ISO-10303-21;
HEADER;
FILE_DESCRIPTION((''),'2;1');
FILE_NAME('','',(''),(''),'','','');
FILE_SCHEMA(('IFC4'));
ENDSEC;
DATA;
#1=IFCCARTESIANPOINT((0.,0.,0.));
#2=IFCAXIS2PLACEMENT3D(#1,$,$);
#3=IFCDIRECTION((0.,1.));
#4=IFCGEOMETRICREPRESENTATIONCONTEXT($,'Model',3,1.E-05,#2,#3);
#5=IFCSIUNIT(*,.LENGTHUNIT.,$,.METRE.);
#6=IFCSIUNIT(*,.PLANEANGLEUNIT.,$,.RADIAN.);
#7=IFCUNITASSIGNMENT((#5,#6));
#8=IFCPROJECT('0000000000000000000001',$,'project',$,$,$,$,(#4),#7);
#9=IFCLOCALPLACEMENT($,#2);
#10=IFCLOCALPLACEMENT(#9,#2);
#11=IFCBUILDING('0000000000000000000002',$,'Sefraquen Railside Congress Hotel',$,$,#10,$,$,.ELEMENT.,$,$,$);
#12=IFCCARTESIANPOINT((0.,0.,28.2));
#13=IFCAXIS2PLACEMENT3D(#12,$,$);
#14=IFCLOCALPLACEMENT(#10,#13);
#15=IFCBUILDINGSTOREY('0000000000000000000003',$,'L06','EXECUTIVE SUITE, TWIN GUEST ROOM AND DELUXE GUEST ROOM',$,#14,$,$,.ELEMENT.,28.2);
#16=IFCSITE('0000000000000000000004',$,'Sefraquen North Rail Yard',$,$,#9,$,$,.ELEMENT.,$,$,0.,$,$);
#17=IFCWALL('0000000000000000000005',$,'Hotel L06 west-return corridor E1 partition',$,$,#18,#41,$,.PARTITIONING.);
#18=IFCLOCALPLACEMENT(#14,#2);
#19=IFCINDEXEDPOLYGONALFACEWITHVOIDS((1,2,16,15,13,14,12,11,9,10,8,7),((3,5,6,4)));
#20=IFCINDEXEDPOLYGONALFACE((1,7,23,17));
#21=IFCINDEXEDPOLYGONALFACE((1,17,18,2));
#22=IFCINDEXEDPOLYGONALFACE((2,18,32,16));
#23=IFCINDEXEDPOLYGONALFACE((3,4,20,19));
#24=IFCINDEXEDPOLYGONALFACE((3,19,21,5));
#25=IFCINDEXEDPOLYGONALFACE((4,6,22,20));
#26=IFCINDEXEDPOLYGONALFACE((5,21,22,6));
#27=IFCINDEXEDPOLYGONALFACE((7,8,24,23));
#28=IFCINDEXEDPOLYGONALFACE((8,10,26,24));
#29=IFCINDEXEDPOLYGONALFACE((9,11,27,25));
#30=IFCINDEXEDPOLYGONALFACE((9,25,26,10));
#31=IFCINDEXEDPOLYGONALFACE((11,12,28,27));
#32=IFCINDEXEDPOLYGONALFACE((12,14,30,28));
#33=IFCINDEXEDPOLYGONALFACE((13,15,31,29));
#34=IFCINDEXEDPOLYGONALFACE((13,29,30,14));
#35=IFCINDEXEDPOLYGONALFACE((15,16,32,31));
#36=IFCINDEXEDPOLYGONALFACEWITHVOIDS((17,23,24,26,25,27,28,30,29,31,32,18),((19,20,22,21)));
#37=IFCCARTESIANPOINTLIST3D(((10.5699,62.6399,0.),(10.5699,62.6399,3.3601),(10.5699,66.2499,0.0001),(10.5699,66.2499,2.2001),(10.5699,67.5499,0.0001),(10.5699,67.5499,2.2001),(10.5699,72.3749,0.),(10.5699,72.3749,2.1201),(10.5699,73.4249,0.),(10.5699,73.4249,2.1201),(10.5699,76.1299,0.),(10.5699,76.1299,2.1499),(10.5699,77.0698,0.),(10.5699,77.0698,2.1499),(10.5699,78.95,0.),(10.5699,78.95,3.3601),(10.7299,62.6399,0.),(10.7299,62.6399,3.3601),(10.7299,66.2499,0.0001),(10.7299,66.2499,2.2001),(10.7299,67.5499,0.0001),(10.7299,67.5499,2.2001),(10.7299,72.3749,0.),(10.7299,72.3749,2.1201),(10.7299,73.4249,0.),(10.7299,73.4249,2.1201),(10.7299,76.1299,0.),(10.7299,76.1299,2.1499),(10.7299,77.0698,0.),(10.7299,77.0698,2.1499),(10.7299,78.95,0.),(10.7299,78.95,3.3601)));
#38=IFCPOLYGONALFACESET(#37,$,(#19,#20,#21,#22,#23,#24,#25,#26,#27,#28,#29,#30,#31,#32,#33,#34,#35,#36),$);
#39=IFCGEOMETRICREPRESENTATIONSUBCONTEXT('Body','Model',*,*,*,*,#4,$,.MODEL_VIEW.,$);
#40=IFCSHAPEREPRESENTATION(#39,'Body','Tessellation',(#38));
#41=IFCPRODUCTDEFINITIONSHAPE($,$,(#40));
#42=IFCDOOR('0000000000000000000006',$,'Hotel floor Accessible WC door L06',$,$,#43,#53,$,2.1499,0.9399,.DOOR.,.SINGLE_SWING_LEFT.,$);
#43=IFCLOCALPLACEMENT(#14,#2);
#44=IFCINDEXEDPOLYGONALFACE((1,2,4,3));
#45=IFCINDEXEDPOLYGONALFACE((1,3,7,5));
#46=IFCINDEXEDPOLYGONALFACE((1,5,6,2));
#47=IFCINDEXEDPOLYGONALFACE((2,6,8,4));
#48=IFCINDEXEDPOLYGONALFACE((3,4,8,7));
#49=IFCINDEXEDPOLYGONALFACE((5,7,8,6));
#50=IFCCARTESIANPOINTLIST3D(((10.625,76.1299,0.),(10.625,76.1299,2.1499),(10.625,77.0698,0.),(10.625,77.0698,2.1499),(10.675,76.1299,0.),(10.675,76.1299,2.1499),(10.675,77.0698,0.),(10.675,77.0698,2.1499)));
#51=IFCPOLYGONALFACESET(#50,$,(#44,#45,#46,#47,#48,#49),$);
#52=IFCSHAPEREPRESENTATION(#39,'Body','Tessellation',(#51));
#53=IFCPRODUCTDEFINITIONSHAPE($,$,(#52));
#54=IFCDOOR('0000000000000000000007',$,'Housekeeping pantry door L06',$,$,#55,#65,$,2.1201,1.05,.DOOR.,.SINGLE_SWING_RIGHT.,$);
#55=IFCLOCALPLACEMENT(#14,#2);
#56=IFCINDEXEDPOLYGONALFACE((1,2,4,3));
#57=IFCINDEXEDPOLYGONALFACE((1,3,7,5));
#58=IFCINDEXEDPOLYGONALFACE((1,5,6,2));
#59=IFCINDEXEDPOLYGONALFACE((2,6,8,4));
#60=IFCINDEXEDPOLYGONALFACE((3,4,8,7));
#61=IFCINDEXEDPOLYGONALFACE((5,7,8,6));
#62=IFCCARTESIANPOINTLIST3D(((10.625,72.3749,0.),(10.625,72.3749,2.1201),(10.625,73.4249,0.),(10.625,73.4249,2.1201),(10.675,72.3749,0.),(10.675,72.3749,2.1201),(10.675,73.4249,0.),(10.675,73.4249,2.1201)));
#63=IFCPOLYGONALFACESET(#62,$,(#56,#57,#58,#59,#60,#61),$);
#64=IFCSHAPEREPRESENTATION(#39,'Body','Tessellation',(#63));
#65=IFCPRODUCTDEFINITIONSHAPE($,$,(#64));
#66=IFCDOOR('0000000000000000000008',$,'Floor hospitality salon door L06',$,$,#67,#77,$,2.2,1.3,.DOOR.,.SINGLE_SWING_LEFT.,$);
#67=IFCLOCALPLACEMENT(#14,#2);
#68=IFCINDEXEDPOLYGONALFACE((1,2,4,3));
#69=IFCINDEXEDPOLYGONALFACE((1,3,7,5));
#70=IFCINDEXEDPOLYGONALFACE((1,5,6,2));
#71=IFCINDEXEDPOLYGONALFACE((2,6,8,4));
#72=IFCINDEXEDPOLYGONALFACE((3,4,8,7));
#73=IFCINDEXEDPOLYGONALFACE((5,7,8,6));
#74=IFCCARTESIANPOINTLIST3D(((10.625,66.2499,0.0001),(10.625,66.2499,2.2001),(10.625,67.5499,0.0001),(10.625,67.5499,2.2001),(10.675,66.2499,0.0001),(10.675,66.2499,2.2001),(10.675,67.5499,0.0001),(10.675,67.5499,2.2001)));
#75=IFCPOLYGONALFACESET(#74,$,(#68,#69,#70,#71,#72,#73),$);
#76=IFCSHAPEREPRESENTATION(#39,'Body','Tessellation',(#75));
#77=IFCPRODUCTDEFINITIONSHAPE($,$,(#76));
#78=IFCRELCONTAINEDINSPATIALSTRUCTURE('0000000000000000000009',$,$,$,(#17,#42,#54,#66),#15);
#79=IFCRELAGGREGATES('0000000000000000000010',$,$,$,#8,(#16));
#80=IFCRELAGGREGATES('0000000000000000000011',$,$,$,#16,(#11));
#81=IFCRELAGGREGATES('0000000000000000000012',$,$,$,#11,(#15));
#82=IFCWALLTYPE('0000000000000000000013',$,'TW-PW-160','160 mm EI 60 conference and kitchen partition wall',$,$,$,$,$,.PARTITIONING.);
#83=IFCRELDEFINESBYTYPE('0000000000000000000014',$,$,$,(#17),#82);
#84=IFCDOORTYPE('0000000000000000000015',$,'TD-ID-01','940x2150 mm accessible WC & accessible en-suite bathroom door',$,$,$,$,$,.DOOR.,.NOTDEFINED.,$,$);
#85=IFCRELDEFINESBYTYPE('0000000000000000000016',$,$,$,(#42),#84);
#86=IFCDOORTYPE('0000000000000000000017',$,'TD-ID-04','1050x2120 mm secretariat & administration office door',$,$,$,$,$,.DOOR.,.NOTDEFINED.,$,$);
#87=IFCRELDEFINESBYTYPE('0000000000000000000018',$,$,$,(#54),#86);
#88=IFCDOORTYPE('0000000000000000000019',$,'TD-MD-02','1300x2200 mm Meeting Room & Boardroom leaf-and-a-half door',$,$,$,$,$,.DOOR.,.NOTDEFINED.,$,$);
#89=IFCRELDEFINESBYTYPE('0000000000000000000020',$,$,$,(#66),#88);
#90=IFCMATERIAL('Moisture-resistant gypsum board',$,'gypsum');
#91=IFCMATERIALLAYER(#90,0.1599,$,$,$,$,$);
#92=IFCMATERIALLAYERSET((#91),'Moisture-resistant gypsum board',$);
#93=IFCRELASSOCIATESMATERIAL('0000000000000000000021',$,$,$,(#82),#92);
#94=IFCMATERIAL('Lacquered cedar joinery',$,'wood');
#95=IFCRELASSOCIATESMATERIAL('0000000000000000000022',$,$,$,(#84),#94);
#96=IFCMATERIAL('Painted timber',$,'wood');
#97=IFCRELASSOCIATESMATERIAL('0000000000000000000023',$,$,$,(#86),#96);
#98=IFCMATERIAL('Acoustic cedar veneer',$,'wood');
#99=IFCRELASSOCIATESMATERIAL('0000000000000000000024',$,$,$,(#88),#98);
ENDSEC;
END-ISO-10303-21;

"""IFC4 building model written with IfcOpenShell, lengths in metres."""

from ifc_helpers import new_model, si_unit, direction, frame, frame_2d, origin, place, context, subcontext, project, spatial, rectangle, extrude, material, layer, layer_set, type_object, element, fill, save


model = new_model("IFC4")

# Units and contexts
model_context = context("Model", 3, precision=1e-05, world=origin(), true_north=direction((0.0, 1.0)))
body_context = subcontext(model_context, "Body", "Model", "MODEL_VIEW")
ifc_project = project(units=[si_unit("LENGTHUNIT", "METRE"), si_unit("PLANEANGLEUNIT", "RADIAN")], contexts=[model_context])

# Site, building, storey
site_placement = place(None, origin())
site = spatial("IfcSite", under=ifc_project, at=site_placement, Name="Sefraquen North Rail Yard", CompositionType="ELEMENT", RefElevation=0.0)
building_placement = place(site_placement, origin())
building = spatial("IfcBuilding", under=site, at=building_placement, Name="Sefraquen Railside Congress Hotel", CompositionType="ELEMENT")
storey_placement = place(building_placement, frame((0.0, 0.0, 28.2)))
storey = spatial("IfcBuildingStorey", under=building, at=storey_placement, Name="L06", Description="EXECUTIVE SUITE, TWIN GUEST ROOM AND DELUXE GUEST ROOM", CompositionType="ELEMENT", Elevation=28.2)

# Shared definitions
ifc_material_1 = material(Name="Moisture-resistant gypsum board", Category="gypsum")
ifc_material_2 = material(Name="Lacquered cedar joinery", Category="wood")

# Wall, openings, doors
ifc_layer_1 = layer(ifc_material_1, 0.1599)
ifc_layer_set_1 = layer_set([ifc_layer_1], Name="Moisture-resistant gypsum board")
wall_type_1 = type_object("IfcWallType", Name="TW-PW-160", Description="160 mm EI 60 conference and kitchen partition wall", PredefinedType="PARTITIONING", material=ifc_layer_set_1)
wall_1_placement = place(storey_placement, frame((10.6499, 62.6399, 0.0), z_axis=(0.0, 0.0, 1.0), x_axis=(0.0, 1.0, 0.0)))
wall_1 = element("IfcWall", 1, at=wall_1_placement, inside=storey, type_object=wall_type_1, Name="Hotel L06 west-return corridor E1 partition", PredefinedType="PARTITIONING", context=body_context, shape_type="SweptSolid", body=[
    extrude(rectangle(XDim=16.3101, YDim=0.1599, at=frame_2d((8.155, 0.0))), origin(), (0.0, 0.0, 1.0), 3.3601),
])
opening_1_placement = place(wall_1_placement, frame((3.6101, 0.0, 0.0)))
opening_1 = element("IfcOpeningElement", 2, at=opening_1_placement, cuts=wall_1, PredefinedType="OPENING", context=body_context, shape_type="SweptSolid", body=[
    extrude(rectangle(XDim=1.3, YDim=2.2, at=frame_2d((0.6499, 1.1001))), frame((0.0, 0.0898, 0.0), z_axis=(0.0, -1.0, 0.0), x_axis=(1.0, 0.0, 0.0)), (0.0, 0.0, 1.0), 0.1799),
])
opening_2_placement = place(wall_1_placement, frame((9.7351, 0.0, 0.0)))
opening_2 = element("IfcOpeningElement", 3, at=opening_2_placement, cuts=wall_1, PredefinedType="OPENING", context=body_context, shape_type="SweptSolid", body=[
    extrude(rectangle(XDim=1.05, YDim=2.1201, at=frame_2d((0.5249, 1.0601))), frame((0.0, 0.0898, 0.0), z_axis=(0.0, -1.0, 0.0), x_axis=(1.0, 0.0, 0.0)), (0.0, 0.0, 1.0), 0.1799),
])
opening_3_placement = place(wall_1_placement, frame((13.49, 0.0, 0.0)))
opening_3 = element("IfcOpeningElement", 4, at=opening_3_placement, cuts=wall_1, PredefinedType="OPENING", context=body_context, shape_type="SweptSolid", body=[
    extrude(rectangle(XDim=0.9399, YDim=2.1499, at=frame_2d((0.47, 1.075))), frame((0.0, 0.0898, 0.0), z_axis=(0.0, -1.0, 0.0), x_axis=(1.0, 0.0, 0.0)), (0.0, 0.0, 1.0), 0.1799),
])
door_type_1 = type_object("IfcDoorType", Name="TD-ID-01", Description="940x2150 mm accessible WC & accessible en-suite bathroom door", OperationType="NOTDEFINED", PredefinedType="DOOR", material=ifc_material_2)
door_1_placement = place(opening_3_placement, origin())
door_1 = element("IfcDoor", 5, at=door_1_placement, inside=storey, type_object=door_type_1, Name="Hotel floor Accessible WC door L06", OperationType="SINGLE_SWING_LEFT", OverallHeight=2.1499, OverallWidth=0.9399, PredefinedType="DOOR", context=body_context, shape_type="SweptSolid", body=[
    extrude(rectangle(XDim=0.9399, YDim=2.1499, at=frame_2d((0.47, 1.075))), frame((0.0, 0.0249, 0.0), z_axis=(0.0, -1.0, 0.0), x_axis=(1.0, 0.0, 0.0)), (0.0, 0.0, 1.0), 0.05),
])
fill(opening_3, door_1)
ifc_material_3 = material(Name="Painted timber", Category="wood")
door_type_2 = type_object("IfcDoorType", Name="TD-ID-04", Description="1050x2120 mm secretariat & administration office door", OperationType="NOTDEFINED", PredefinedType="DOOR", material=ifc_material_3)
door_2_placement = place(opening_2_placement, origin())
door_2 = element("IfcDoor", 6, at=door_2_placement, inside=storey, type_object=door_type_2, Name="Housekeeping pantry door L06", OperationType="SINGLE_SWING_RIGHT", OverallHeight=2.1201, OverallWidth=1.05, PredefinedType="DOOR", context=body_context, shape_type="SweptSolid", body=[
    extrude(rectangle(XDim=1.05, YDim=2.1201, at=frame_2d((0.5249, 1.0601))), frame((0.0, 0.0249, 0.0), z_axis=(0.0, -1.0, 0.0), x_axis=(1.0, 0.0, 0.0)), (0.0, 0.0, 1.0), 0.05),
])
fill(opening_2, door_2)
ifc_material_4 = material(Name="Acoustic cedar veneer", Category="wood")
door_type_3 = type_object("IfcDoorType", Name="TD-MD-02", Description="1300x2200 mm Meeting Room & Boardroom leaf-and-a-half door", OperationType="NOTDEFINED", PredefinedType="DOOR", material=ifc_material_4)
door_3_placement = place(opening_1_placement, origin())
door_3 = element("IfcDoor", 7, at=door_3_placement, inside=storey, type_object=door_type_3, Name="Floor hospitality salon door L06", OperationType="SINGLE_SWING_LEFT", OverallHeight=2.2, OverallWidth=1.3, PredefinedType="DOOR", context=body_context, shape_type="SweptSolid", body=[
    extrude(rectangle(XDim=1.3, YDim=2.2, at=frame_2d((0.6499, 1.1001))), frame((0.0, 0.0249, 0.0), z_axis=(0.0, -1.0, 0.0), x_axis=(1.0, 0.0, 0.0)), (0.0, 0.0, 1.0), 0.05),
])
fill(opening_1, door_3)

save(model, "model.ifc")
